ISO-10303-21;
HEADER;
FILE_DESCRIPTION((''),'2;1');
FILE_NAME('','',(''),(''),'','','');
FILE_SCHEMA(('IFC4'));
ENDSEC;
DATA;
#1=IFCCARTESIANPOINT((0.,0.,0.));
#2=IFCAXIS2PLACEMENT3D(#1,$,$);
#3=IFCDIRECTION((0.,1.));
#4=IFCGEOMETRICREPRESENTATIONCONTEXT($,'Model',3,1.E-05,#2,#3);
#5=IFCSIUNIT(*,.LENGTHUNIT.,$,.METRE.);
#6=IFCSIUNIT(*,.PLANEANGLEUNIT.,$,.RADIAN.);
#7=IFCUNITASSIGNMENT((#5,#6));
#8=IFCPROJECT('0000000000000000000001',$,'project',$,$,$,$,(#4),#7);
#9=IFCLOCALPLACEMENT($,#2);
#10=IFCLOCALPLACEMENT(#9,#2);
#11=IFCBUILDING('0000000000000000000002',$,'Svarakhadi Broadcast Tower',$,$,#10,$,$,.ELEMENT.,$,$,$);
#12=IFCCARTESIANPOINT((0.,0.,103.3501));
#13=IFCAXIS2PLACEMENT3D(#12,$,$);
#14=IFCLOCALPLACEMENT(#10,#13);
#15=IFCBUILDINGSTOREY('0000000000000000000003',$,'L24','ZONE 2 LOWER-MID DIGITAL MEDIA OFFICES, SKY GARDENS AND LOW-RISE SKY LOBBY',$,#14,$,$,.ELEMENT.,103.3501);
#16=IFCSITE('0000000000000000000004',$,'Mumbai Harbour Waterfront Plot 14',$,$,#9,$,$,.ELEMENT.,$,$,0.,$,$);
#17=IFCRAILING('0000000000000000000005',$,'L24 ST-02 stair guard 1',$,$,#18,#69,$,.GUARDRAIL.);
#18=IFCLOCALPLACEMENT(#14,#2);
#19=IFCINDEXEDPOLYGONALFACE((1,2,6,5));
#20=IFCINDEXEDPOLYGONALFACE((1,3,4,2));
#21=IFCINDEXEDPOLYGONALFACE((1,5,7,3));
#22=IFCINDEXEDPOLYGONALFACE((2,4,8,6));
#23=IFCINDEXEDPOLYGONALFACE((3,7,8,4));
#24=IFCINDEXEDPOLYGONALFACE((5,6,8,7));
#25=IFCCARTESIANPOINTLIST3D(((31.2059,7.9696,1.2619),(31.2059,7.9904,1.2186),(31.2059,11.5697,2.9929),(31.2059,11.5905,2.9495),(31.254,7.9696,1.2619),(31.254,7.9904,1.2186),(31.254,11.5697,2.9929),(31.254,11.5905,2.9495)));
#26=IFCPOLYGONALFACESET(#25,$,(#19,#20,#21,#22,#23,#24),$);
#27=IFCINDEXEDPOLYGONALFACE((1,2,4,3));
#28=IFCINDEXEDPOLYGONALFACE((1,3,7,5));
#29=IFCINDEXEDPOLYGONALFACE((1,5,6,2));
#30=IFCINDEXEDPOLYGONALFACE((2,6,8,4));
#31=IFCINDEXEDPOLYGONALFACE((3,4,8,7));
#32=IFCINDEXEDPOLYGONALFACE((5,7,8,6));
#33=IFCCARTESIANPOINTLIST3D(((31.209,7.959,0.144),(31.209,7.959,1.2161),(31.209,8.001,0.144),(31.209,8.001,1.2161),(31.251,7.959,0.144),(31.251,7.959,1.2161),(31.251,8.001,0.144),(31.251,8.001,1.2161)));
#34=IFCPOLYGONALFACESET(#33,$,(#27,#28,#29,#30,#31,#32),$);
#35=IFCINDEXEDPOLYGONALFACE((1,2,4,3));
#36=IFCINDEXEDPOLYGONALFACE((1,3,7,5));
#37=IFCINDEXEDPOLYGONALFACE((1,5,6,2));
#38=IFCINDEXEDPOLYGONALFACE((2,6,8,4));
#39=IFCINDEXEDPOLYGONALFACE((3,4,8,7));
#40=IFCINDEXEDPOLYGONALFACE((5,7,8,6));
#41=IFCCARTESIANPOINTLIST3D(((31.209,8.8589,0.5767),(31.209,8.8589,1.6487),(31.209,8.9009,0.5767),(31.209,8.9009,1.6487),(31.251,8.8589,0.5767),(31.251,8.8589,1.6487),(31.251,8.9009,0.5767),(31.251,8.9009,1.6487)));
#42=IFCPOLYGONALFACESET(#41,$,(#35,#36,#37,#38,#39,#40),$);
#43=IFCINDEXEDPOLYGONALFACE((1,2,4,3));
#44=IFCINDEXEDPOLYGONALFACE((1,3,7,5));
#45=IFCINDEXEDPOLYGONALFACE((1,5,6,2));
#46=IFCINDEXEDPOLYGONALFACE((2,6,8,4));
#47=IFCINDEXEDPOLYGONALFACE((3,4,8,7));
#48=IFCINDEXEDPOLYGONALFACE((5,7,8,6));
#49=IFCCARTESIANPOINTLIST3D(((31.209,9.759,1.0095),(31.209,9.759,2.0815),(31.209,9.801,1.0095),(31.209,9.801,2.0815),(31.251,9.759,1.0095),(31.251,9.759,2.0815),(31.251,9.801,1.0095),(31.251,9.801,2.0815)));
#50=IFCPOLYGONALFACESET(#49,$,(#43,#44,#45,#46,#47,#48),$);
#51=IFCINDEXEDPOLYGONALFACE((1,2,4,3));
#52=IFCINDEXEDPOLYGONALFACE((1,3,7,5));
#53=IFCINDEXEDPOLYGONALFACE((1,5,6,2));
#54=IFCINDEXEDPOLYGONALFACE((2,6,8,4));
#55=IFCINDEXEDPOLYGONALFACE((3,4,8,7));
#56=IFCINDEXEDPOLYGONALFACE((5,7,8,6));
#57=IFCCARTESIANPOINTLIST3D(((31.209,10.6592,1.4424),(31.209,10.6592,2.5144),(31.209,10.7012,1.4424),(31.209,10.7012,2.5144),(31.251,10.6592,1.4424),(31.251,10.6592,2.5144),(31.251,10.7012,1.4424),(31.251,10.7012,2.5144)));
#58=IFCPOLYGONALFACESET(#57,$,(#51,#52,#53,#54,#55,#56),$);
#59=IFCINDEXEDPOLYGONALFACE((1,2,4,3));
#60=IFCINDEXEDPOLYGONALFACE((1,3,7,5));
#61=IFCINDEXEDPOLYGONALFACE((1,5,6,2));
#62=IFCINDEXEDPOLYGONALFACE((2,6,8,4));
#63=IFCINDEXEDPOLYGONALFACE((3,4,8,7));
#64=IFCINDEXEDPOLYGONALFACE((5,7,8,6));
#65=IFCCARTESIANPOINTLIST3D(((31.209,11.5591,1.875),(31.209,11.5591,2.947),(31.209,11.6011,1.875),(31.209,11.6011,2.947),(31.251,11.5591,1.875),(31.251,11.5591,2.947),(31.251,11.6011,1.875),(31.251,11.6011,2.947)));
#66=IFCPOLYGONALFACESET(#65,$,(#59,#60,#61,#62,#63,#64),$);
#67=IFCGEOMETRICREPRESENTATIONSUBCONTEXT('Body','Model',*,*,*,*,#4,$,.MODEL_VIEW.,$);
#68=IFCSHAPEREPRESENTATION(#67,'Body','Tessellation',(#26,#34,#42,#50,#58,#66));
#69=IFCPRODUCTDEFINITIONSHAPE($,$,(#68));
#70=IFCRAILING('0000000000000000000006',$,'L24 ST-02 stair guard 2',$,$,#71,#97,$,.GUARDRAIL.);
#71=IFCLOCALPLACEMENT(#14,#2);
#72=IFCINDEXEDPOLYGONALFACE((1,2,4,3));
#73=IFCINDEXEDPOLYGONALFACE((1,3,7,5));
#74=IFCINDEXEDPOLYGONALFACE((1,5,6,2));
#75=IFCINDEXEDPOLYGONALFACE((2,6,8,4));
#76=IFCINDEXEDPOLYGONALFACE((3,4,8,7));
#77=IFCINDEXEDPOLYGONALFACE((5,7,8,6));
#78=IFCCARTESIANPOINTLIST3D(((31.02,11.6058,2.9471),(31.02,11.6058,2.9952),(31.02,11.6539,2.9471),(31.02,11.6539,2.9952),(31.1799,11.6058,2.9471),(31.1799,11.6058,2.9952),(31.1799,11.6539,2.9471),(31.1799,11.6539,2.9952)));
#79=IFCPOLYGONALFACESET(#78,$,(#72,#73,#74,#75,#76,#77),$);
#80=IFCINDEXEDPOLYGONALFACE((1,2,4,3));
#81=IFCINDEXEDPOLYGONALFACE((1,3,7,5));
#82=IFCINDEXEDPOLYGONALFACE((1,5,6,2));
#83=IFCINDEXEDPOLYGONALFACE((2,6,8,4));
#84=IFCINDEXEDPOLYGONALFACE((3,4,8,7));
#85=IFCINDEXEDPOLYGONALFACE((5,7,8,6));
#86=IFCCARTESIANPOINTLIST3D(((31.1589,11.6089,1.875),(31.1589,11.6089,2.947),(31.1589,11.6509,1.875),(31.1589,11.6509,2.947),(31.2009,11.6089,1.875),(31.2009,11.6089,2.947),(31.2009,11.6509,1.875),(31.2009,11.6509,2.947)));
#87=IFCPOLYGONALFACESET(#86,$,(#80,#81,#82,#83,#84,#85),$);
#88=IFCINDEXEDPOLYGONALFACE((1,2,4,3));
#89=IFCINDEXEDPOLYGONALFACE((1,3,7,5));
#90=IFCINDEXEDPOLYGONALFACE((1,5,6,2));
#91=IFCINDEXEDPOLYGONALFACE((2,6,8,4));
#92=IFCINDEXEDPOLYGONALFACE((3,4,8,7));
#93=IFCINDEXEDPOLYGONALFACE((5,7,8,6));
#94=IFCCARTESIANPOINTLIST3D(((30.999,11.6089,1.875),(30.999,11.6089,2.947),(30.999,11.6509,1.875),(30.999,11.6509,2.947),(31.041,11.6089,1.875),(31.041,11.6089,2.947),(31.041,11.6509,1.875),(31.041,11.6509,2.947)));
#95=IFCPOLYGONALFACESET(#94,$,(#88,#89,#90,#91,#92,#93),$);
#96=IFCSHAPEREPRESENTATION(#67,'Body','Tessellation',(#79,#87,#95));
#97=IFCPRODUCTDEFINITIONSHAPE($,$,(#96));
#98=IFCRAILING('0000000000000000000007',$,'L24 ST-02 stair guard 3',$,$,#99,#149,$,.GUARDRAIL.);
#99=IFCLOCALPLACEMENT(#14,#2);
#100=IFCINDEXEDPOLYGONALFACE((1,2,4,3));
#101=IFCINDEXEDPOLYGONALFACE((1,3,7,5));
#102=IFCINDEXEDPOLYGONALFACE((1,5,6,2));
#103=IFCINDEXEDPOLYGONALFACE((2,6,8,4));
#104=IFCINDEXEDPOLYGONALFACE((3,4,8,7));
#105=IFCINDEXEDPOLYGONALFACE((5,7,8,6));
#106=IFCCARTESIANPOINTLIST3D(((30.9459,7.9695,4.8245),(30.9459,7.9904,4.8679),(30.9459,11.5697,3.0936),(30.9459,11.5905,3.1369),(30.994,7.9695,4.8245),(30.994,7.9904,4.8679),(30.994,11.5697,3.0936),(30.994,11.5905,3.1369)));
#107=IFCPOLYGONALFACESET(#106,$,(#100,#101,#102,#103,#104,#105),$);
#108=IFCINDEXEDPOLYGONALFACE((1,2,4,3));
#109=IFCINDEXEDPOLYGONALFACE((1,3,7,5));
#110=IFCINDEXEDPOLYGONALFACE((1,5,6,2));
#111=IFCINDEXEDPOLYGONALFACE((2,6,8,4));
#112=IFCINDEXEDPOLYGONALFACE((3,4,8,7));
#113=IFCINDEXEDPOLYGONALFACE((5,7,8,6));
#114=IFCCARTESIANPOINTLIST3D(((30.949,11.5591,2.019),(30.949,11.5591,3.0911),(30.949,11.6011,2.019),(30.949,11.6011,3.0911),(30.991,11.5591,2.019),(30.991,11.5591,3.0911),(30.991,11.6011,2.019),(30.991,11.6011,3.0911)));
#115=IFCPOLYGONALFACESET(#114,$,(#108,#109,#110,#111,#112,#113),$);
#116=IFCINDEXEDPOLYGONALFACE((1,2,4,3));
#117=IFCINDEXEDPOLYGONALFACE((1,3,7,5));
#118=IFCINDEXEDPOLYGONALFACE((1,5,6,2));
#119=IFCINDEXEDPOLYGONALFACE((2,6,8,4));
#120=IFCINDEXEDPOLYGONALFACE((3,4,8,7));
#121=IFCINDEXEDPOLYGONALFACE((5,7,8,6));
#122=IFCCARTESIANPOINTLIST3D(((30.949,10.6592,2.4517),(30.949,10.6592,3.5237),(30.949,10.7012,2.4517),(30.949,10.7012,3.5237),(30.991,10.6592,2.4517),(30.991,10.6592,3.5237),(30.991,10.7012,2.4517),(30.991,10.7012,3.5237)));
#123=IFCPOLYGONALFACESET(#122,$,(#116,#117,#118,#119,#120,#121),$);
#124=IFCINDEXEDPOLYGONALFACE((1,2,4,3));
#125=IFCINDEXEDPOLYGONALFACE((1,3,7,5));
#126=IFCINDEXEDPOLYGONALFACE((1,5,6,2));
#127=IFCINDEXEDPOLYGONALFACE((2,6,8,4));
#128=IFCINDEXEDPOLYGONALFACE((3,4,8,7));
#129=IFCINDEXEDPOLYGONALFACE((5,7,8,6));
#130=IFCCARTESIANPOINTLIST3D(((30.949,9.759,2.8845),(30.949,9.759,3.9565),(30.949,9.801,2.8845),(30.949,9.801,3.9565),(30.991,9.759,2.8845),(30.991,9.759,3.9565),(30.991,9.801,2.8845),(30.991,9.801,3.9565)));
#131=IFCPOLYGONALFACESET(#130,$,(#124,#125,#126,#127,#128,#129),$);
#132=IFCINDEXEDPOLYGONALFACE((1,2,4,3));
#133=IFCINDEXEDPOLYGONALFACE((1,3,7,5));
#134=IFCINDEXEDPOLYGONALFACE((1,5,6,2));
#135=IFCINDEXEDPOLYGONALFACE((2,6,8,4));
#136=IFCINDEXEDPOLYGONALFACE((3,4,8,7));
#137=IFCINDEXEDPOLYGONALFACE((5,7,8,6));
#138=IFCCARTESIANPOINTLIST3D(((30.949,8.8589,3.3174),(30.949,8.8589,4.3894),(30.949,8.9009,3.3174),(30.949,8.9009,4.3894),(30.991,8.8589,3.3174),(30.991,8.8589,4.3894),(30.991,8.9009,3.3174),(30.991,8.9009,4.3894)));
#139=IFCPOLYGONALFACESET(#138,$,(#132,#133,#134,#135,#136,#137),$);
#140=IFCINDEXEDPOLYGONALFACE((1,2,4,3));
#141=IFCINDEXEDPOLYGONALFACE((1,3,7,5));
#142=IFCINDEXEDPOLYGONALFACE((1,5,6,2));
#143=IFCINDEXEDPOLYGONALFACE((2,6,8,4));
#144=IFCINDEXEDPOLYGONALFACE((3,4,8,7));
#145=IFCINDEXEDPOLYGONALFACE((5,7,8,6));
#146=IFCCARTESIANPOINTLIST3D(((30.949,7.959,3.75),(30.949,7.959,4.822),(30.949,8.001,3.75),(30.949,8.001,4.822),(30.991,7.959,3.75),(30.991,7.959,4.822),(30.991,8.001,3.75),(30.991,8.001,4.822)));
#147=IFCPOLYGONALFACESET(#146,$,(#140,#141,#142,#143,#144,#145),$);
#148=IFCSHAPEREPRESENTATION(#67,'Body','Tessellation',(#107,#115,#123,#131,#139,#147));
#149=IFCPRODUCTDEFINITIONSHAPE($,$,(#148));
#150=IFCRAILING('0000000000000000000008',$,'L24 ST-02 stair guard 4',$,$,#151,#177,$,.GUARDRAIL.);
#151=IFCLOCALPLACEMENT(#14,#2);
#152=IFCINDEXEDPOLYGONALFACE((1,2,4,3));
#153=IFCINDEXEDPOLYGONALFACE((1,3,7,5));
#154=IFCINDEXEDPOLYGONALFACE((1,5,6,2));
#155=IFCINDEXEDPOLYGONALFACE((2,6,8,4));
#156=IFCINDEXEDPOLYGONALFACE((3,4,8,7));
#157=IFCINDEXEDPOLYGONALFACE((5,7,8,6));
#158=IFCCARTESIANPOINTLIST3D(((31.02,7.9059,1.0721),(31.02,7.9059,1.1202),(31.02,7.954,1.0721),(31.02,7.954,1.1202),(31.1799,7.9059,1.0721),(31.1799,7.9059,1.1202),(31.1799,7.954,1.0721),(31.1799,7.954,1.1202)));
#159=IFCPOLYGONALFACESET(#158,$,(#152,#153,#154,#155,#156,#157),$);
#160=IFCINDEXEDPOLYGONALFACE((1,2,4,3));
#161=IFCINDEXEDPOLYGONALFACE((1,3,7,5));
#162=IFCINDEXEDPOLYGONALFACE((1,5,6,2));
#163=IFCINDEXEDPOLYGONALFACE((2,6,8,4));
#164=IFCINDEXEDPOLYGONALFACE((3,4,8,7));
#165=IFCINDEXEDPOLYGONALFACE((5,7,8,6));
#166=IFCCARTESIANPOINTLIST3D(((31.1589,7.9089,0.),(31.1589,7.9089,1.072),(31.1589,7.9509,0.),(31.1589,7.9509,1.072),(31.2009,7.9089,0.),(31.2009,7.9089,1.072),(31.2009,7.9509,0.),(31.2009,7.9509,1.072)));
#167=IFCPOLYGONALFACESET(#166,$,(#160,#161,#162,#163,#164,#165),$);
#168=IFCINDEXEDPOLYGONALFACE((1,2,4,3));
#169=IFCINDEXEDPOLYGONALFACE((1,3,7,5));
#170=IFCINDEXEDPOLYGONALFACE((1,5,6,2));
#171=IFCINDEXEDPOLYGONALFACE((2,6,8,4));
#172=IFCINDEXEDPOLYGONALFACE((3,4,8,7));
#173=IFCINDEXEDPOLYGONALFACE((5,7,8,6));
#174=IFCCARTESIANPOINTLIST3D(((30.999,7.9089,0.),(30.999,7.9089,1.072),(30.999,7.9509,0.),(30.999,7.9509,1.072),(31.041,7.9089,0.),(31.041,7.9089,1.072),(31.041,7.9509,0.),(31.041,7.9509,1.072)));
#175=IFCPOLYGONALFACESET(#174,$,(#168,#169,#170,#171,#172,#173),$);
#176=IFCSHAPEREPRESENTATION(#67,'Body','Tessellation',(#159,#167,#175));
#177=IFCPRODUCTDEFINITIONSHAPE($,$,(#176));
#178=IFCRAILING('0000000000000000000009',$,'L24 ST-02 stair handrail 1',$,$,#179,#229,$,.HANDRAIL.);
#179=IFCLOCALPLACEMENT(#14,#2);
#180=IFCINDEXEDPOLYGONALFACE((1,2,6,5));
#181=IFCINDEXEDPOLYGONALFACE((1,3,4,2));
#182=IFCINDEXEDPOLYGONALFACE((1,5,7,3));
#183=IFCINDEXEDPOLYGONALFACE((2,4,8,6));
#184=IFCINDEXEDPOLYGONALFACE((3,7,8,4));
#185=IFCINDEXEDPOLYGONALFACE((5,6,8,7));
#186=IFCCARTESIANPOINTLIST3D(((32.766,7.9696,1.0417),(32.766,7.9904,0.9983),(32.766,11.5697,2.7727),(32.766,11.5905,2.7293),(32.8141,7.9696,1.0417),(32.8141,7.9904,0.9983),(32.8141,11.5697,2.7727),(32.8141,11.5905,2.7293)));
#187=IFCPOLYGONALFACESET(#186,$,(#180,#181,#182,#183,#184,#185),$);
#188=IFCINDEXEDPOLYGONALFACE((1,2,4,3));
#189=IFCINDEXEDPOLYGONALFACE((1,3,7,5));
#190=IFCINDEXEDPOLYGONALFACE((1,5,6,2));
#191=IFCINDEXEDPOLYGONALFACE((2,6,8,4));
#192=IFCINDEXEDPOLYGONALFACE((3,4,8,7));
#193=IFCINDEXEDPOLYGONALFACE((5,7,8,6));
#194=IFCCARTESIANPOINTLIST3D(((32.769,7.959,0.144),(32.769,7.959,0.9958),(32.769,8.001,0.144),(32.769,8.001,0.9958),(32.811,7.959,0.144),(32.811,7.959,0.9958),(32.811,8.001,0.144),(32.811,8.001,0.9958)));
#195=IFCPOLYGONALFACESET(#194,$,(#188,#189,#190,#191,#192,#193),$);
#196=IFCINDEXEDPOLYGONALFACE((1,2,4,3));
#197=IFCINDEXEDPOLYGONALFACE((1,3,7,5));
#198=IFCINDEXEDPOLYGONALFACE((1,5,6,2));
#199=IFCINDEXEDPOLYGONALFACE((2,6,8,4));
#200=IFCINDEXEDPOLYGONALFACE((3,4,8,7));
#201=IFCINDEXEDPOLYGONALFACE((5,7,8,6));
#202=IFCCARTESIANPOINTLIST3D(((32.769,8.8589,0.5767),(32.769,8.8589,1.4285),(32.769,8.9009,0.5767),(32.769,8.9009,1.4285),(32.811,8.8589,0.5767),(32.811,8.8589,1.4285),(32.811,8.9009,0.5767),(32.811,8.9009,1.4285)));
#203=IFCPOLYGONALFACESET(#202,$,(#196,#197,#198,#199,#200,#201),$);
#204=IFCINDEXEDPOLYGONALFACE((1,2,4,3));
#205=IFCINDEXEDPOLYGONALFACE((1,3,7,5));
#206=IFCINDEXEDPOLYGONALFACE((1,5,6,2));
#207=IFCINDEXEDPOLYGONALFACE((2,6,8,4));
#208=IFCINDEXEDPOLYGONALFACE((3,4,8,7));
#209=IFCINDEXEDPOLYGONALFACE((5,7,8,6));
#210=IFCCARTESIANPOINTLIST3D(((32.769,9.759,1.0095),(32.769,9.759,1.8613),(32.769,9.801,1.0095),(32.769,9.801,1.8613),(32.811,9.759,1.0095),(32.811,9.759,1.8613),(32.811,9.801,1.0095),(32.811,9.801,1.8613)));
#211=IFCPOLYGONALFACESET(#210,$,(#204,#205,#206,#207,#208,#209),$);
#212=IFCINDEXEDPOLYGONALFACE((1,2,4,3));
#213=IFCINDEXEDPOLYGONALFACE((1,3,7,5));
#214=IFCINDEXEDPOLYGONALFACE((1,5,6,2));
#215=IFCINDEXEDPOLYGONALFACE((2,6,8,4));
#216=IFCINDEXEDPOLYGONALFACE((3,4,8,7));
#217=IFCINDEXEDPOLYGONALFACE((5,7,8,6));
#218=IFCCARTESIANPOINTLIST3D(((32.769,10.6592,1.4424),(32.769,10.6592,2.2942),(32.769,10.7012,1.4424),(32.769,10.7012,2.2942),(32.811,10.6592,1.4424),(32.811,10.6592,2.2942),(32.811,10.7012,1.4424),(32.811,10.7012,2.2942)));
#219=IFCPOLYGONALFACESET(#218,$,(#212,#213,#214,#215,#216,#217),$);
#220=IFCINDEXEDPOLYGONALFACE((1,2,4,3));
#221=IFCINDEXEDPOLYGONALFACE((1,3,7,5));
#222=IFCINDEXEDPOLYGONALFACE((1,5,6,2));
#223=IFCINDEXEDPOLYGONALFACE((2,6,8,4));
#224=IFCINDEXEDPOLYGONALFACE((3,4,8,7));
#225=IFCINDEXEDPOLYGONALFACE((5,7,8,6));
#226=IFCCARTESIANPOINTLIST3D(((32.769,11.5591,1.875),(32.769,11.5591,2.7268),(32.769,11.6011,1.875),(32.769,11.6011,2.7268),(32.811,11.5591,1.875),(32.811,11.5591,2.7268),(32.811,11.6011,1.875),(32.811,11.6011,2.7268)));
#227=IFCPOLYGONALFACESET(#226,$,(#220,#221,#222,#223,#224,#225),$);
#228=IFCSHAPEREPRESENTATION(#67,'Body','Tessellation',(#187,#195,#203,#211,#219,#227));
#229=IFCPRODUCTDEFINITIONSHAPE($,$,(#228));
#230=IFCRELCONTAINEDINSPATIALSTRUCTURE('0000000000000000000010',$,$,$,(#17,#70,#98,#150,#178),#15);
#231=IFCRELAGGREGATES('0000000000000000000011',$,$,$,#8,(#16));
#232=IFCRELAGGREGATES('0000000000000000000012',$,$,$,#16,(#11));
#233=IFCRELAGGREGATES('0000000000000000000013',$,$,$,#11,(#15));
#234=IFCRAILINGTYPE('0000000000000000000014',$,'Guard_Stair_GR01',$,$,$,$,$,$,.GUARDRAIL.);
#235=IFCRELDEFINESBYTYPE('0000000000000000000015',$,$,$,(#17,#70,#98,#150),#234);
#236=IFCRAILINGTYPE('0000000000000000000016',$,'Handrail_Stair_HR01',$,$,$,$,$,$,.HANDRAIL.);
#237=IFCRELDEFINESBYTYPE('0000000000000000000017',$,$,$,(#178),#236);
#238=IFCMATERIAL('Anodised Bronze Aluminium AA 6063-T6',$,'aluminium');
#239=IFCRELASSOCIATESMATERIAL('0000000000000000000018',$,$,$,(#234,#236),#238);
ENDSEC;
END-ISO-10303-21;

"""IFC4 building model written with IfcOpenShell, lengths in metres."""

from ifc_helpers import new_model, si_unit, direction, frame, origin, origin_2d, place, context, subcontext, project, spatial, rectangle, extrude, material, type_object, element, save


model = new_model("IFC4")

# Units and contexts
model_context = context("Model", 3, precision=1e-05, world=origin(), true_north=direction((0.0, 1.0)))
body_context = subcontext(model_context, "Body", "Model", "MODEL_VIEW")
ifc_project = project(units=[si_unit("LENGTHUNIT", "METRE"), si_unit("PLANEANGLEUNIT", "RADIAN")], contexts=[model_context])

# Site, building, storey
site_placement = place(None, origin())
site = spatial("IfcSite", under=ifc_project, at=site_placement, Name="Mumbai Harbour Waterfront Plot 14", CompositionType="ELEMENT", RefElevation=0.0)
building_placement = place(site_placement, origin())
building = spatial("IfcBuilding", under=site, at=building_placement, Name="Svarakhadi Broadcast Tower", CompositionType="ELEMENT")
storey_placement = place(building_placement, frame((0.0, 0.0, 103.3501)))
storey = spatial("IfcBuildingStorey", under=building, at=storey_placement, Name="L24", Description="ZONE 2 LOWER-MID DIGITAL MEDIA OFFICES, SKY GARDENS AND LOW-RISE SKY LOBBY", CompositionType="ELEMENT", Elevation=103.3501)

# Shared definitions
ifc_material_1 = material(Name="Anodised Bronze Aluminium AA 6063-T6", Category="aluminium")

# Railings
railing_type_1 = type_object("IfcRailingType", Name="Guard_Stair_GR01", PredefinedType="GUARDRAIL", material=ifc_material_1)
railing_1_placement = place(storey_placement, frame((31.23, 7.98, 0.144)))
element("IfcRailing", 1, at=railing_1_placement, inside=storey, type_object=railing_type_1, Name="L24 ST-02 stair guard 1", PredefinedType="GUARDRAIL", context=body_context, shape_type="SweptSolid", body=[
    extrude(rectangle(XDim=0.0481, YDim=0.0481, at=origin_2d()), frame((0.0, 0.0, 1.0962), z_axis=(0.0, 0.901239, 0.433323), x_axis=(-1.0, 0.0, 0.0)), (0.0, 0.0, 1.0), 3.9946),
    extrude(rectangle(XDim=0.042, YDim=0.042, at=origin_2d()), origin(), (0.0, 0.0, 1.0), 1.072),
    extrude(rectangle(XDim=0.042, YDim=0.042, at=origin_2d()), frame((0.0, 0.8999, 0.4326)), (0.0, 0.0, 1.0), 1.072),
    extrude(rectangle(XDim=0.042, YDim=0.042, at=origin_2d()), frame((0.0, 1.8, 0.8655)), (0.0, 0.0, 1.0), 1.072),
    extrude(rectangle(XDim=0.042, YDim=0.042, at=origin_2d()), frame((0.0, 2.7002, 1.2983)), (0.0, 0.0, 1.0), 1.072),
    extrude(rectangle(XDim=0.042, YDim=0.042, at=origin_2d()), frame((0.0, 3.6001, 1.731)), (0.0, 0.0, 1.0), 1.072),
])
railing_2_placement = place(storey_placement, frame((31.1799, 11.6299, 1.875)))
element("IfcRailing", 2, at=railing_2_placement, inside=storey, type_object=railing_type_1, Name="L24 ST-02 stair guard 2", PredefinedType="GUARDRAIL", context=body_context, shape_type="SweptSolid", body=[
    extrude(rectangle(XDim=0.0481, YDim=0.0481, at=origin_2d()), frame((0.0, 0.0, 1.0962), z_axis=(-1.0, 0.0, 0.0), x_axis=(0.0, -1.0, 0.0)), (0.0, 0.0, 1.0), 0.1599),
    extrude(rectangle(XDim=0.042, YDim=0.042, at=origin_2d()), origin(), (0.0, 0.0, 1.0), 1.072),
    extrude(rectangle(XDim=0.042, YDim=0.042, at=origin_2d()), frame((-0.1599, 0.0, 0.0)), (0.0, 0.0, 1.0), 1.072),
])
railing_3_placement = place(storey_placement, frame((30.97, 11.5801, 2.019)))
element("IfcRailing", 3, at=railing_3_placement, inside=storey, type_object=railing_type_1, Name="L24 ST-02 stair guard 3", PredefinedType="GUARDRAIL", context=body_context, shape_type="SweptSolid", body=[
    extrude(rectangle(XDim=0.0481, YDim=0.0481, at=origin_2d()), frame((0.0, 0.0, 1.0962), z_axis=(0.0, -0.901239, 0.433323), x_axis=(1.0, 0.0, 0.0)), (0.0, 0.0, 1.0), 3.9946),
    extrude(rectangle(XDim=0.042, YDim=0.042, at=origin_2d()), origin(), (0.0, 0.0, 1.0), 1.072),
    extrude(rectangle(XDim=0.042, YDim=0.042, at=origin_2d()), frame((0.0, -0.8999, 0.4326)), (0.0, 0.0, 1.0), 1.072),
    extrude(rectangle(XDim=0.042, YDim=0.042, at=origin_2d()), frame((0.0, -1.8, 0.8655)), (0.0, 0.0, 1.0), 1.072),
    extrude(rectangle(XDim=0.042, YDim=0.042, at=origin_2d()), frame((0.0, -2.7002, 1.2983)), (0.0, 0.0, 1.0), 1.072),
    extrude(rectangle(XDim=0.042, YDim=0.042, at=origin_2d()), frame((0.0, -3.6001, 1.731)), (0.0, 0.0, 1.0), 1.072),
])
railing_4_placement = place(storey_placement, frame((31.1799, 7.9299, 0.0)))
element("IfcRailing", 4, at=railing_4_placement, inside=storey, type_object=railing_type_1, Name="L24 ST-02 stair guard 4", PredefinedType="GUARDRAIL", context=body_context, shape_type="SweptSolid", body=[
    extrude(rectangle(XDim=0.0481, YDim=0.0481, at=origin_2d()), frame((0.0, 0.0, 1.0962), z_axis=(-1.0, 0.0, 0.0), x_axis=(0.0, -1.0, 0.0)), (0.0, 0.0, 1.0), 0.1599),
    extrude(rectangle(XDim=0.042, YDim=0.042, at=origin_2d()), origin(), (0.0, 0.0, 1.0), 1.072),
    extrude(rectangle(XDim=0.042, YDim=0.042, at=origin_2d()), frame((-0.1599, 0.0, 0.0)), (0.0, 0.0, 1.0), 1.072),
])
railing_type_2 = type_object("IfcRailingType", Name="Handrail_Stair_HR01", PredefinedType="HANDRAIL", material=ifc_material_1)
railing_5_placement = place(storey_placement, frame((32.79, 7.98, 0.144)))
element("IfcRailing", 5, at=railing_5_placement, inside=storey, type_object=railing_type_2, Name="L24 ST-02 stair handrail 1", PredefinedType="HANDRAIL", context=body_context, shape_type="SweptSolid", body=[
    extrude(rectangle(XDim=0.0481, YDim=0.0481, at=origin_2d()), frame((0.0, 0.0, 0.876), z_axis=(0.0, 0.901239, 0.433323), x_axis=(-1.0, 0.0, 0.0)), (0.0, 0.0, 1.0), 3.9946),
    extrude(rectangle(XDim=0.042, YDim=0.042, at=origin_2d()), origin(), (0.0, 0.0, 1.0), 0.8518),
    extrude(rectangle(XDim=0.042, YDim=0.042, at=origin_2d()), frame((0.0, 0.8999, 0.4326)), (0.0, 0.0, 1.0), 0.8518),
    extrude(rectangle(XDim=0.042, YDim=0.042, at=origin_2d()), frame((0.0, 1.8, 0.8655)), (0.0, 0.0, 1.0), 0.8518),
    extrude(rectangle(XDim=0.042, YDim=0.042, at=origin_2d()), frame((0.0, 2.7002, 1.2983)), (0.0, 0.0, 1.0), 0.8518),
    extrude(rectangle(XDim=0.042, YDim=0.042, at=origin_2d()), frame((0.0, 3.6001, 1.731)), (0.0, 0.0, 1.0), 0.8518),
])

save(model, "model.ifc")
